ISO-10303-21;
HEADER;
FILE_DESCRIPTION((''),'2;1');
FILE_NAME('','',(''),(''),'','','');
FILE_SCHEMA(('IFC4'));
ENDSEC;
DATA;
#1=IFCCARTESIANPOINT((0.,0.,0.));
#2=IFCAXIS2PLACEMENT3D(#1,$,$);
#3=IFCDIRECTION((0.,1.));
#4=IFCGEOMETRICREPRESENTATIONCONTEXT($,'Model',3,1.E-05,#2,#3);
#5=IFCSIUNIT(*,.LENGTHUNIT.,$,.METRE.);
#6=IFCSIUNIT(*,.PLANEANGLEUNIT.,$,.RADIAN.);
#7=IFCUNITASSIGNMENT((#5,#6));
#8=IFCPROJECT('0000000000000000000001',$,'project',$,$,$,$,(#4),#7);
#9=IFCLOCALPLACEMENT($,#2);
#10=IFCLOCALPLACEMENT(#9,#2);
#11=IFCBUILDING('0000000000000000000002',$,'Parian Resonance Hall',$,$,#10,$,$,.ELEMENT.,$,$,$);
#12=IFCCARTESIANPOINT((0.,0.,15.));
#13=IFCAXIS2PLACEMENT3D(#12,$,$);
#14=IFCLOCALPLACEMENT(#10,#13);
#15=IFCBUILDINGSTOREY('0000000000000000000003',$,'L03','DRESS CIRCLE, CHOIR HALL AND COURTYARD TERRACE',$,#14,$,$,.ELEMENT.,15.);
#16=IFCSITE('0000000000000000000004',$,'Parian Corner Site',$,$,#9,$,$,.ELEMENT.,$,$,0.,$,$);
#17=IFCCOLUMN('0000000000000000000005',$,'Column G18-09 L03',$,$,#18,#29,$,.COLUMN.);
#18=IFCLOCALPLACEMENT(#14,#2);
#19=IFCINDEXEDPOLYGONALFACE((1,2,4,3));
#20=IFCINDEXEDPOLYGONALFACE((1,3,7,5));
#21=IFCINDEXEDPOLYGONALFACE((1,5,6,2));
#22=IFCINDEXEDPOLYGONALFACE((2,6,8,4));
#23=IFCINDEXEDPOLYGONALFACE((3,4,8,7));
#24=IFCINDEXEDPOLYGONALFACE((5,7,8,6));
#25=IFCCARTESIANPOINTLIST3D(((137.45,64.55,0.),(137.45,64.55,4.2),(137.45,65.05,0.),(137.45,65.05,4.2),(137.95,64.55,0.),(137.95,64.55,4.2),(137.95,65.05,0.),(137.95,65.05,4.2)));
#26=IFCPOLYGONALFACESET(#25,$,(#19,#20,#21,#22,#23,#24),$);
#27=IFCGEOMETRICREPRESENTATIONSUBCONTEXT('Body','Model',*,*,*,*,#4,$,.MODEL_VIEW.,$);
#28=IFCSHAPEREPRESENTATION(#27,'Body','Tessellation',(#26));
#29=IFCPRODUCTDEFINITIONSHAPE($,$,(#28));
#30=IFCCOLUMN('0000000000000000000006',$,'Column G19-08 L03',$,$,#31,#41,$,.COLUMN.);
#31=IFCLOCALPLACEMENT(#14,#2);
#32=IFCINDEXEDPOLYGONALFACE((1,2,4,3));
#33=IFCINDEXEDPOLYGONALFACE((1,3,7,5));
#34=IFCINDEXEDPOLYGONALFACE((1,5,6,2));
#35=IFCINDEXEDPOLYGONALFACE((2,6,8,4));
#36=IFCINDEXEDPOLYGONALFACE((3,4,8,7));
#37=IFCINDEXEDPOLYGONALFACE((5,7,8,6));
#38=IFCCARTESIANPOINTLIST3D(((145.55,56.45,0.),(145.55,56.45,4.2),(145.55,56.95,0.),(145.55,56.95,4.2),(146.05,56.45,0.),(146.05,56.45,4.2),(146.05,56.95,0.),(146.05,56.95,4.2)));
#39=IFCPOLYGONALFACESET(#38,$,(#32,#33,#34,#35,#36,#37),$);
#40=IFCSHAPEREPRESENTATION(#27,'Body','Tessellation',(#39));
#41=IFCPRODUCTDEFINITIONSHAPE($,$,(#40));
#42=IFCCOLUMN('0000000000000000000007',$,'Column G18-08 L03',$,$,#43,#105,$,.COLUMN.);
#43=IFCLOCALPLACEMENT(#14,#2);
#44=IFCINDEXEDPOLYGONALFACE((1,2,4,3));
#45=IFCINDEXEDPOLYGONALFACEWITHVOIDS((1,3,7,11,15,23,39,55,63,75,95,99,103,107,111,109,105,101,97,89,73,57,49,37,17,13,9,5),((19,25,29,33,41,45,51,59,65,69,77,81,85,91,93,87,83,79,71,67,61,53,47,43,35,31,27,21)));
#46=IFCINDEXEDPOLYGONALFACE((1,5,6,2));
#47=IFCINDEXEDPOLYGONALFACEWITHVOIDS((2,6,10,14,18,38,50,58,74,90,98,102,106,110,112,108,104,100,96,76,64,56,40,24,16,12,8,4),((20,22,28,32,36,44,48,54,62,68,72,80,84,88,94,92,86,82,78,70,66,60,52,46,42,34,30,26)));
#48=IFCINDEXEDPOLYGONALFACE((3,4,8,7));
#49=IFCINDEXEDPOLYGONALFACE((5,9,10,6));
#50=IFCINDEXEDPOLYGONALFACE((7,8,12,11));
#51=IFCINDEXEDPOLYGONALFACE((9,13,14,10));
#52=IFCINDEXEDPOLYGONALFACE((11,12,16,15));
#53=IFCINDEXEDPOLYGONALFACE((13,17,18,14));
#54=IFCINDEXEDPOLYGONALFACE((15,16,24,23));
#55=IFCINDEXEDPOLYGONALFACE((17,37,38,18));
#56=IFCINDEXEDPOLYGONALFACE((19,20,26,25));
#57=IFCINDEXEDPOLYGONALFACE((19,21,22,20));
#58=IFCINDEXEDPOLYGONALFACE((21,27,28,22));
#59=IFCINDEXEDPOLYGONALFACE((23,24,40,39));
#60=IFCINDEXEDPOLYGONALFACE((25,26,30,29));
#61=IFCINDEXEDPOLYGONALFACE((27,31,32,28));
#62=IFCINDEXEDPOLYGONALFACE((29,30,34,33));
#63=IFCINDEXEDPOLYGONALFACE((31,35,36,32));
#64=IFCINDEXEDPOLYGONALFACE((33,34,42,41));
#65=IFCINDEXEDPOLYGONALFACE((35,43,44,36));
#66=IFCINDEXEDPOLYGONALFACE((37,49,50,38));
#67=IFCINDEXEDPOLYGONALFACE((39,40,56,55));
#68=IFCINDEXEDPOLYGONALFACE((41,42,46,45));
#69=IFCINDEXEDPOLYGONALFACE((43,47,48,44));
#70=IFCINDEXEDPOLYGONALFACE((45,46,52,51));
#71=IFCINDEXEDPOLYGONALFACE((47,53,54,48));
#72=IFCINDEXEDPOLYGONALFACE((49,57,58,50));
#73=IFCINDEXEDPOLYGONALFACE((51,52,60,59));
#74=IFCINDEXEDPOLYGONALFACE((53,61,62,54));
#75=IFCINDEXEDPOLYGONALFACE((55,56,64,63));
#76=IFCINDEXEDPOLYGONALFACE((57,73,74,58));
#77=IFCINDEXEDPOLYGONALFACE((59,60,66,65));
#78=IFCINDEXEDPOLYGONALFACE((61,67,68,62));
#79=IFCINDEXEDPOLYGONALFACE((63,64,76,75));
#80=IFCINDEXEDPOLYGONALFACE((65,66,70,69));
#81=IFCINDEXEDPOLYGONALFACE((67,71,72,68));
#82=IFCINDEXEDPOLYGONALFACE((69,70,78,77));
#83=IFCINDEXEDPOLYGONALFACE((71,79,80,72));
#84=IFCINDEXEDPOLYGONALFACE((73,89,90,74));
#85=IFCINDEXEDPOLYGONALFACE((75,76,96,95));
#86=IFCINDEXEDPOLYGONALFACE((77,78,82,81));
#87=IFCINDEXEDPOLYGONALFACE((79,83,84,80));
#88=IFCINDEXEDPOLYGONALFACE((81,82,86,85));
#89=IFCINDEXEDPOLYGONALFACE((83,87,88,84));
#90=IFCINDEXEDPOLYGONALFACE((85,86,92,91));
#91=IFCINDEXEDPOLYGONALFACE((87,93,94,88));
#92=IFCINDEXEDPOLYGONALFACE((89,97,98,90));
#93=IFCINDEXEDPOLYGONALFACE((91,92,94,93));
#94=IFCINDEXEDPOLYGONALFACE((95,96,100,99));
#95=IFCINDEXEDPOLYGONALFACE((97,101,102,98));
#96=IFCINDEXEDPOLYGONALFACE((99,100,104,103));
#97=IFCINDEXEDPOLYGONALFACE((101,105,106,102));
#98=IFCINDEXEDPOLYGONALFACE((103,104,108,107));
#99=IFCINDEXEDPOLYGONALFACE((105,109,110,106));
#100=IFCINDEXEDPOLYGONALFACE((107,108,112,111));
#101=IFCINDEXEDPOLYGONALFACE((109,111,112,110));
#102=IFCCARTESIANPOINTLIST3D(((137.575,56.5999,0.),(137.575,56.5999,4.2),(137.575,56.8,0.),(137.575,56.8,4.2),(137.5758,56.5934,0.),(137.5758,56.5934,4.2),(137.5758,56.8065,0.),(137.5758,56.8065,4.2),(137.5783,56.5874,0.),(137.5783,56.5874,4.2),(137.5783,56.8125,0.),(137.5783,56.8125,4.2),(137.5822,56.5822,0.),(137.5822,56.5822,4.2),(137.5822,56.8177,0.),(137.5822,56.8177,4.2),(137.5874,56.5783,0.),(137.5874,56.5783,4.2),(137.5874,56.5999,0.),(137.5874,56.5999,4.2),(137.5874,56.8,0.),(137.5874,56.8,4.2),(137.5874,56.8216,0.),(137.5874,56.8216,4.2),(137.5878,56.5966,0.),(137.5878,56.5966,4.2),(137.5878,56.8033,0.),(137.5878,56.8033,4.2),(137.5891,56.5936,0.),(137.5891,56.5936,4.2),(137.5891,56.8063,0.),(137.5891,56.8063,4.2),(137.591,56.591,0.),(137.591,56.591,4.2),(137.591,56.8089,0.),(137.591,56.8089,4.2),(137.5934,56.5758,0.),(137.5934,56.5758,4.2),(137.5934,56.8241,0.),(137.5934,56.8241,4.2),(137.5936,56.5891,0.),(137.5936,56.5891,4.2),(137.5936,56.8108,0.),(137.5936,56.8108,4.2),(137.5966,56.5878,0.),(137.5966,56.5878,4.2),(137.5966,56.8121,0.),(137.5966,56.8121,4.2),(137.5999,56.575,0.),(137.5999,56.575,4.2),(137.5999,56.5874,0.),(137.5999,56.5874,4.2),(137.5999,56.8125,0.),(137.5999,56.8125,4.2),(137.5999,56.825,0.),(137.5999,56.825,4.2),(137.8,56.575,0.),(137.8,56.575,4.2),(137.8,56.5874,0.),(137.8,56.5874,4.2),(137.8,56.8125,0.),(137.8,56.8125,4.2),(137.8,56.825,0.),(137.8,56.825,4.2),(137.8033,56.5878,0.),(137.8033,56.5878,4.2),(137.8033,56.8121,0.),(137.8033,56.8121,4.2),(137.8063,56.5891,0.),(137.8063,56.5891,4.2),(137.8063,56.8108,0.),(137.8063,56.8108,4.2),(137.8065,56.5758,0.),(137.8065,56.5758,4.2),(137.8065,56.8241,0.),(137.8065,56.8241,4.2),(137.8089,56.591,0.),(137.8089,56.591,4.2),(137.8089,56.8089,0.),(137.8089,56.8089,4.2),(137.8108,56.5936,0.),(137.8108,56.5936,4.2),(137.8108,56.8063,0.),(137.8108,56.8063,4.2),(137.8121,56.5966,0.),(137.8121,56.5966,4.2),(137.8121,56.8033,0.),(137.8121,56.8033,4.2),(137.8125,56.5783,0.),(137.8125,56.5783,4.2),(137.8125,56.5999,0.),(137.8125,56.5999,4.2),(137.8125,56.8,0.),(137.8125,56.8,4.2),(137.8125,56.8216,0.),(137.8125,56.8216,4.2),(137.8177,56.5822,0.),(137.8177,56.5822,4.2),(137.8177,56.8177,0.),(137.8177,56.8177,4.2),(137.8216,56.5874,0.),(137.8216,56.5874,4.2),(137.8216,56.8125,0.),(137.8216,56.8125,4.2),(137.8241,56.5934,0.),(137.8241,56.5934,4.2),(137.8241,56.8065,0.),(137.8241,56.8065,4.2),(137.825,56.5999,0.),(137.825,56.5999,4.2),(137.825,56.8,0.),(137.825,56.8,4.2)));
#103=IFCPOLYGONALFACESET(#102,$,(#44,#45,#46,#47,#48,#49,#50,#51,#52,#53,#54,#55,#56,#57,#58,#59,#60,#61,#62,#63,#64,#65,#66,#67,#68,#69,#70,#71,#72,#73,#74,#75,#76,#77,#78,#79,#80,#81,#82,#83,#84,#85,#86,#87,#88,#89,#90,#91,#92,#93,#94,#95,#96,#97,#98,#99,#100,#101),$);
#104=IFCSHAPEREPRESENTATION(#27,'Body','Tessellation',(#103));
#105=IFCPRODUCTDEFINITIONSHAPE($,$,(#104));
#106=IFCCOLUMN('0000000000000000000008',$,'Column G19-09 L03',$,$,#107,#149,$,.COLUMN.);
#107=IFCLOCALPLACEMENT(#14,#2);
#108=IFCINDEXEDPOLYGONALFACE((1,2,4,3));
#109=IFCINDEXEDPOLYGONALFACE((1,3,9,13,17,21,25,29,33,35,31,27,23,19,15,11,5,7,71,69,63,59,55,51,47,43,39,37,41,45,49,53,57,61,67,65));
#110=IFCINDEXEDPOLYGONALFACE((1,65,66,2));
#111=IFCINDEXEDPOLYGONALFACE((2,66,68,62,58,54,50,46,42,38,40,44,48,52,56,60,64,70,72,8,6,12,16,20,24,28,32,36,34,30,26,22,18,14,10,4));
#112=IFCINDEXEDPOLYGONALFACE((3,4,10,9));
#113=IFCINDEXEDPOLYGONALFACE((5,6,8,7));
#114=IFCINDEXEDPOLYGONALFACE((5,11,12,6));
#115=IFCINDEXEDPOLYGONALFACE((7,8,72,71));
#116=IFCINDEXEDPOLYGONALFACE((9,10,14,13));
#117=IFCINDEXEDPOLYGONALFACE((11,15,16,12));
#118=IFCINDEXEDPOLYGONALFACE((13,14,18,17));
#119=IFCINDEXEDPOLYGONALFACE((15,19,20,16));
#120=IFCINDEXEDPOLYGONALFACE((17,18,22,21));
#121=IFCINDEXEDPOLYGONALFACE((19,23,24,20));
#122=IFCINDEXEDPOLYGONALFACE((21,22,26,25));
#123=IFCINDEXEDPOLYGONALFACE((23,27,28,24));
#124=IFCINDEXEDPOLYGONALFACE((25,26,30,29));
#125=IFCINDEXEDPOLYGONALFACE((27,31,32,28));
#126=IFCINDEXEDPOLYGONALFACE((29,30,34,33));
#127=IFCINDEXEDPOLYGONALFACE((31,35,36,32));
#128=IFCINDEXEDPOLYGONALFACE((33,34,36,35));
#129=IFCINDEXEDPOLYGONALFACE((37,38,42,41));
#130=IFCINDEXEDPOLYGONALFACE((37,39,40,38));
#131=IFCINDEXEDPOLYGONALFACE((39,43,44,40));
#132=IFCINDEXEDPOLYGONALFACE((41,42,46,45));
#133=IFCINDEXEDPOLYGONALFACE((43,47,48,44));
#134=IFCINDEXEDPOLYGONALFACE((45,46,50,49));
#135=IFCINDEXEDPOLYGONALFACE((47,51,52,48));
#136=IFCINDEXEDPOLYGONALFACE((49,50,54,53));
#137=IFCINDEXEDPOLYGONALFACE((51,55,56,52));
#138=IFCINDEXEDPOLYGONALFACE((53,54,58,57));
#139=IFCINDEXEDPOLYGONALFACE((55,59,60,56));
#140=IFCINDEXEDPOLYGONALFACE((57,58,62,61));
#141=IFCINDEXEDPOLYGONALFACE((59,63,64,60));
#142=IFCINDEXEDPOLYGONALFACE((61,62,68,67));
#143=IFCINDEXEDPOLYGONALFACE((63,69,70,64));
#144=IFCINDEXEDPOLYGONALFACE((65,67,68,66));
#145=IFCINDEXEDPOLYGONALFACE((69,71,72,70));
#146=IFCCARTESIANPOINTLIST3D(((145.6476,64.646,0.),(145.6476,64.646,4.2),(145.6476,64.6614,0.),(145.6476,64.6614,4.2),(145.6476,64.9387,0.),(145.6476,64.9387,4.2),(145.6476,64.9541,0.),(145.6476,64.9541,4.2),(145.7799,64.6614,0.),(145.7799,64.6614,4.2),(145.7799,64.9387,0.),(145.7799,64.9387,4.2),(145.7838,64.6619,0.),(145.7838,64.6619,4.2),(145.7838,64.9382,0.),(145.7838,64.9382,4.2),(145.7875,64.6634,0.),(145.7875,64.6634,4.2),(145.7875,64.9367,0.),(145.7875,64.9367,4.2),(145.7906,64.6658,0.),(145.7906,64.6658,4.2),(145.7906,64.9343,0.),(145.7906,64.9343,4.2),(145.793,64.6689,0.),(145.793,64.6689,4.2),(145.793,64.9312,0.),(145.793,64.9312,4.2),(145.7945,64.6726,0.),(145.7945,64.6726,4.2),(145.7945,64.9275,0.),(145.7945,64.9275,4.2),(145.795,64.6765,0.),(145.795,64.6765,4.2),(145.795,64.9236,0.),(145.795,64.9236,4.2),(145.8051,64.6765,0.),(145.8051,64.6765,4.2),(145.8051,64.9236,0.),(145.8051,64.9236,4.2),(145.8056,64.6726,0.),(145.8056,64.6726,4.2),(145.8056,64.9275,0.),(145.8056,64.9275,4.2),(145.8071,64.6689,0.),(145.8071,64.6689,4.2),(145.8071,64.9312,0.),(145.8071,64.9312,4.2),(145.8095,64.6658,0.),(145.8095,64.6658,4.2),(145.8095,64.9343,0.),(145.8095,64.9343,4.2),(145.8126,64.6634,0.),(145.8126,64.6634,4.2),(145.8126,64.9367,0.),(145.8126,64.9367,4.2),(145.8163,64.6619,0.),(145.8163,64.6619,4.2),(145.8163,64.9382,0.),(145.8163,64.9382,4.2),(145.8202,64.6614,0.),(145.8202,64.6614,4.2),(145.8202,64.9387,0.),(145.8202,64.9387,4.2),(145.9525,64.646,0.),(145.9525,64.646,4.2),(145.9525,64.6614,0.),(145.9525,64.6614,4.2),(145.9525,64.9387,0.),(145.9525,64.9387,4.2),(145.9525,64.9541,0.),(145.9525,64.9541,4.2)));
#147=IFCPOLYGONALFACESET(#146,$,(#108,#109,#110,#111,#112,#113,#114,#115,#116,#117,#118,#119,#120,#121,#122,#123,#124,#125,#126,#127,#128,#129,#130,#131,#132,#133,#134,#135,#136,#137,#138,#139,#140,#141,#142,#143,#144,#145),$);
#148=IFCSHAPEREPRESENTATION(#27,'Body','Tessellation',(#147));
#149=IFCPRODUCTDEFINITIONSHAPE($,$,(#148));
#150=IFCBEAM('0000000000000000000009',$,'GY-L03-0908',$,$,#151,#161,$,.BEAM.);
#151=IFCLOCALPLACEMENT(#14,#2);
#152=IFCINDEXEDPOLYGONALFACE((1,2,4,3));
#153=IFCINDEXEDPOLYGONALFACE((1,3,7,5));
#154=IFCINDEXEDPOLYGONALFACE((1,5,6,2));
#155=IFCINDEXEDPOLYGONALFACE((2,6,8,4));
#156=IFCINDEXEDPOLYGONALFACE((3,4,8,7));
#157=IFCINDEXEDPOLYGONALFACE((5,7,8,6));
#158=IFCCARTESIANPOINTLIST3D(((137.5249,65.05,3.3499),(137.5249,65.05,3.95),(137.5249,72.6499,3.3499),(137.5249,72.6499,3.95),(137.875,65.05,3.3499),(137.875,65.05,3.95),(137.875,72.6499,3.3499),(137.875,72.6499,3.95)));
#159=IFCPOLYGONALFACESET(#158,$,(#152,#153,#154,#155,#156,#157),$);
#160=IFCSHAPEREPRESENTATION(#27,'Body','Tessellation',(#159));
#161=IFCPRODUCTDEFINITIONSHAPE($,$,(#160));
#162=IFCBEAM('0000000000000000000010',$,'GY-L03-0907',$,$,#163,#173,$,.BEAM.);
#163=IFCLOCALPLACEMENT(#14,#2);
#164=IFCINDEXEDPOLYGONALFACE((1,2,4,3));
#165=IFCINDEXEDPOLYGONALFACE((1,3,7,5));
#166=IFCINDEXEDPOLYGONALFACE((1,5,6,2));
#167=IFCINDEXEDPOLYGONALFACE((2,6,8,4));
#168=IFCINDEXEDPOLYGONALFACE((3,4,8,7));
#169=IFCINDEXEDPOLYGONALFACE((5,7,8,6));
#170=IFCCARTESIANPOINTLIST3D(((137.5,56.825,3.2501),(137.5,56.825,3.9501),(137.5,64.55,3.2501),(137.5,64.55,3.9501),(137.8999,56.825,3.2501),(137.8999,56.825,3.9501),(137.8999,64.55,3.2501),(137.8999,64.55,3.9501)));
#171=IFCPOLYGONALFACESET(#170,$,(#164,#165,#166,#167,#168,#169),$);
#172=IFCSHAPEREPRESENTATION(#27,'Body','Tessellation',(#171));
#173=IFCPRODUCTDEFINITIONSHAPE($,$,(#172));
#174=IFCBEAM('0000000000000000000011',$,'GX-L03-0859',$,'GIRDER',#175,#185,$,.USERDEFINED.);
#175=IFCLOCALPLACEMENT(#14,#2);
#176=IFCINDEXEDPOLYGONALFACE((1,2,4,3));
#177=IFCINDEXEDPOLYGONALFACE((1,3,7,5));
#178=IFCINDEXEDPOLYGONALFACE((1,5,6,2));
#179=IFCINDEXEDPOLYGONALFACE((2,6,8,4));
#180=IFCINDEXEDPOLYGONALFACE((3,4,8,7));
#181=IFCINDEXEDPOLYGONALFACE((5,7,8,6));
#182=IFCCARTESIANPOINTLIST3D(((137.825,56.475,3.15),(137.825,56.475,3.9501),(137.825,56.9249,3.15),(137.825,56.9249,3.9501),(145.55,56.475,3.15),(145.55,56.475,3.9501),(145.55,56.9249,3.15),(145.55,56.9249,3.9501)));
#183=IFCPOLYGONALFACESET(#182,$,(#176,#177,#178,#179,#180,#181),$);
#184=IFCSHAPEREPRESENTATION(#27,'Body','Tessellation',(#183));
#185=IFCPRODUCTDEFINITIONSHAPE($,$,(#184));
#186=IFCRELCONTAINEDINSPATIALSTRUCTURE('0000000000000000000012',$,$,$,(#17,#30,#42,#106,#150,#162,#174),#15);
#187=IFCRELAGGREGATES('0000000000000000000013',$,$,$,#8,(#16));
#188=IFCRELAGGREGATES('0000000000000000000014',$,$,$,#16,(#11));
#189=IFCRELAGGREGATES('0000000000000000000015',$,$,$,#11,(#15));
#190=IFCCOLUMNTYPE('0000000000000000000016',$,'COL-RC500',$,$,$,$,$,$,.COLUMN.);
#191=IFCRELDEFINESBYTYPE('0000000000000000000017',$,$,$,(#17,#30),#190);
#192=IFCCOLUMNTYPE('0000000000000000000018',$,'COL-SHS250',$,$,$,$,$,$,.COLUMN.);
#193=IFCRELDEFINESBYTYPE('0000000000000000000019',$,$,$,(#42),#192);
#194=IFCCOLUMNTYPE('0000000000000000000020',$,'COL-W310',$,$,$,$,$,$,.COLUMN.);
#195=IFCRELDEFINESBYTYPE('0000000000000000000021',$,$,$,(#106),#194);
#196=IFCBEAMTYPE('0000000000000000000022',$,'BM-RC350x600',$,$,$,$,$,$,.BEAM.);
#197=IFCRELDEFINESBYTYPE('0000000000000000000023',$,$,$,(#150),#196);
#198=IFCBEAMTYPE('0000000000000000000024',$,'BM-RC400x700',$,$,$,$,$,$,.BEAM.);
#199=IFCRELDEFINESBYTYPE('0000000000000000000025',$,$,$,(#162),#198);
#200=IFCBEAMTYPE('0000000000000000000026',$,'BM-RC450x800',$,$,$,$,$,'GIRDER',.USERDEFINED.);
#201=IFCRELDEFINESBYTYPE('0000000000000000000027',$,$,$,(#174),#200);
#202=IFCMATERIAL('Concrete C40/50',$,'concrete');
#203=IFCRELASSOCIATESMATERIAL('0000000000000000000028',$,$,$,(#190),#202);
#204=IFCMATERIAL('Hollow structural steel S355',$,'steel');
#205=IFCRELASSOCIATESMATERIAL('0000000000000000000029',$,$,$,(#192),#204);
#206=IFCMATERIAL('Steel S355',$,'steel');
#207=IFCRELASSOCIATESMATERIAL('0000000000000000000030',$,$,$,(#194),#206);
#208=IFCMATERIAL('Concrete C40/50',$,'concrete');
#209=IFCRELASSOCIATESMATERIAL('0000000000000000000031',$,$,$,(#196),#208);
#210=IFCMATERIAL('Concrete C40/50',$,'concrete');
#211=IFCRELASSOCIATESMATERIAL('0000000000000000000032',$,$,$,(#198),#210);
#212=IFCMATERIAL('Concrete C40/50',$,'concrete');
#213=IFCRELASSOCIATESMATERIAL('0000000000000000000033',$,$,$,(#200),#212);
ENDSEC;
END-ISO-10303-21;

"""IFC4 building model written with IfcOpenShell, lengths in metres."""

from ifc_helpers import new_model, si_unit, direction, frame, origin, origin_2d, place, context, subcontext, project, spatial, rectangle, hollow_rectangle, i_section, extrude, material, material_profile, profile_set, type_object, element, save


model = new_model("IFC4")

# Units and contexts
model_context = context("Model", 3, precision=1e-05, world=origin(), true_north=direction((0.0, 1.0)))
body_context = subcontext(model_context, "Body", "Model", "MODEL_VIEW")
ifc_project = project(units=[si_unit("LENGTHUNIT", "METRE"), si_unit("PLANEANGLEUNIT", "RADIAN")], contexts=[model_context])

# Site, building, storey
site_placement = place(None, origin())
site = spatial("IfcSite", under=ifc_project, at=site_placement, Name="Parian Corner Site", CompositionType="ELEMENT", RefElevation=0.0)
building_placement = place(site_placement, origin())
building = spatial("IfcBuilding", under=site, at=building_placement, Name="Parian Resonance Hall", CompositionType="ELEMENT")
storey_placement = place(building_placement, frame((0.0, 0.0, 15.0)))
storey = spatial("IfcBuildingStorey", under=building, at=storey_placement, Name="L03", Description="DRESS CIRCLE, CHOIR HALL AND COURTYARD TERRACE", CompositionType="ELEMENT", Elevation=15.0)

# Columns
ifc_material_1 = material(Name="Concrete C40/50", Category="concrete")
ifc_material_profile_1 = material_profile(ifc_material_1, rectangle(XDim=0.5, YDim=0.5, at=origin_2d()), Name="RC-COL-500x500")
ifc_profile_set_1 = profile_set([ifc_material_profile_1], Name="Concrete C40/50")
column_type_1 = type_object("IfcColumnType", Name="COL-RC500", PredefinedType="COLUMN", material=ifc_profile_set_1)
for number, where, z_axis, x_axis, name in (
    (1, (137.7, 64.8, 0.0), (0.0, 0.0, 1.0), (1.0, 0.0, 0.0), "Column G18-09 L03"),
    (2, (145.8, 56.7, 0.0), (0.0, 0.0, 1.0), (1.0, 0.0, 0.0), "Column G19-08 L03"),
):
    element("IfcColumn", number, at=place(storey_placement, frame(where, z_axis=z_axis, x_axis=x_axis)), inside=storey, type_object=column_type_1, Name=name, PredefinedType="COLUMN", context=body_context, shape_type="SweptSolid", body=[
        extrude(rectangle(XDim=0.5, YDim=0.5, at=origin_2d()), origin(), (0.0, 0.0, 1.0), 4.2),
    ])
ifc_material_2 = material(Name="Hollow structural steel S355", Category="steel")
ifc_material_profile_2 = material_profile(ifc_material_2, hollow_rectangle(XDim=0.25, YDim=0.25, WallThickness=0.0125, InnerFilletRadius=0.0125, OuterFilletRadius=0.0249, at=origin_2d()), Name="SHS250x250x12.5")
ifc_profile_set_2 = profile_set([ifc_material_profile_2], Name="Hollow structural steel S355")
column_type_2 = type_object("IfcColumnType", Name="COL-SHS250", PredefinedType="COLUMN", material=ifc_profile_set_2)
column_1_placement = place(storey_placement, frame((137.7, 56.7, 0.0), z_axis=(0.0, 0.0, 1.0), x_axis=(1.0, 0.0, 0.0)))
element("IfcColumn", 3, at=column_1_placement, inside=storey, type_object=column_type_2, Name="Column G18-08 L03", PredefinedType="COLUMN", context=body_context, shape_type="SweptSolid", body=[
    extrude(hollow_rectangle(XDim=0.25, YDim=0.25, WallThickness=0.0125, InnerFilletRadius=0.0125, OuterFilletRadius=0.0249, at=origin_2d()), origin(), (0.0, 0.0, 1.0), 4.2),
])
ifc_material_3 = material(Name="Steel S355", Category="steel")
ifc_material_profile_3 = material_profile(ifc_material_3, i_section(OverallWidth=0.3049, OverallDepth=0.3081, WebThickness=0.01, FlangeThickness=0.0154, FilletRadius=0.0151, at=origin_2d()), Name="W310x97")
ifc_profile_set_3 = profile_set([ifc_material_profile_3], Name="Steel S355")
column_type_3 = type_object("IfcColumnType", Name="COL-W310", PredefinedType="COLUMN", material=ifc_profile_set_3)
column_2_placement = place(storey_placement, frame((145.8, 64.8, 0.0), z_axis=(0.0, 0.0, 1.0), x_axis=(1.0, 0.0, 0.0)))
element("IfcColumn", 4, at=column_2_placement, inside=storey, type_object=column_type_3, Name="Column G19-09 L03", PredefinedType="COLUMN", context=body_context, shape_type="SweptSolid", body=[
    extrude(i_section(OverallWidth=0.3049, OverallDepth=0.3081, WebThickness=0.01, FlangeThickness=0.0154, FilletRadius=0.0151, at=origin_2d()), origin(), (0.0, 0.0, 1.0), 4.2),
])

# Beams
ifc_material_4 = material(Name="Concrete C40/50", Category="concrete")
ifc_material_profile_4 = material_profile(ifc_material_4, rectangle(XDim=0.3501, YDim=0.6001, at=origin_2d()), Name="RC-BM-350x600")
ifc_profile_set_4 = profile_set([ifc_material_profile_4], Name="Concrete C40/50")
beam_type_1 = type_object("IfcBeamType", Name="BM-RC350x600", PredefinedType="BEAM", material=ifc_profile_set_4)
beam_1_placement = place(storey_placement, frame((137.7, 65.05, 3.6499), z_axis=(0.0, 1.0, 0.0), x_axis=(-1.0, 0.0, 0.0)))
element("IfcBeam", 5, at=beam_1_placement, inside=storey, type_object=beam_type_1, Name="GY-L03-0908", PredefinedType="BEAM", context=body_context, shape_type="SweptSolid", body=[
    extrude(rectangle(XDim=0.3501, YDim=0.6001, at=origin_2d()), origin(), (0.0, 0.0, 1.0), 7.5999),
])
ifc_material_5 = material(Name="Concrete C40/50", Category="concrete")
ifc_material_profile_5 = material_profile(ifc_material_5, rectangle(XDim=0.3999, YDim=0.7, at=origin_2d()), Name="RC-BM-400x700")
ifc_profile_set_5 = profile_set([ifc_material_profile_5], Name="Concrete C40/50")
beam_type_2 = type_object("IfcBeamType", Name="BM-RC400x700", PredefinedType="BEAM", material=ifc_profile_set_5)
beam_2_placement = place(storey_placement, frame((137.7, 56.825, 3.6001), z_axis=(0.0, 1.0, 0.0), x_axis=(-1.0, 0.0, 0.0)))
element("IfcBeam", 6, at=beam_2_placement, inside=storey, type_object=beam_type_2, Name="GY-L03-0907", PredefinedType="BEAM", context=body_context, shape_type="SweptSolid", body=[
    extrude(rectangle(XDim=0.3999, YDim=0.7, at=origin_2d()), origin(), (0.0, 0.0, 1.0), 7.7251),
])
ifc_material_6 = material(Name="Concrete C40/50", Category="concrete")
ifc_material_profile_6 = material_profile(ifc_material_6, rectangle(XDim=0.45, YDim=0.8, at=origin_2d()), Name="RC-BM-450x800")
ifc_profile_set_6 = profile_set([ifc_material_profile_6], Name="Concrete C40/50")
beam_type_3 = type_object("IfcBeamType", Name="BM-RC450x800", ElementType="GIRDER", PredefinedType="USERDEFINED", material=ifc_profile_set_6)
beam_3_placement = place(storey_placement, frame((137.825, 56.7, 3.55), z_axis=(1.0, 0.0, 0.0), x_axis=(0.0, 1.0, 0.0)))
element("IfcBeam", 7, at=beam_3_placement, inside=storey, type_object=beam_type_3, Name="GX-L03-0859", ObjectType="GIRDER", PredefinedType="USERDEFINED", context=body_context, shape_type="SweptSolid", body=[
    extrude(rectangle(XDim=0.45, YDim=0.8, at=origin_2d()), origin(), (0.0, 0.0, 1.0), 7.7251),
])

save(model, "model.ifc")
